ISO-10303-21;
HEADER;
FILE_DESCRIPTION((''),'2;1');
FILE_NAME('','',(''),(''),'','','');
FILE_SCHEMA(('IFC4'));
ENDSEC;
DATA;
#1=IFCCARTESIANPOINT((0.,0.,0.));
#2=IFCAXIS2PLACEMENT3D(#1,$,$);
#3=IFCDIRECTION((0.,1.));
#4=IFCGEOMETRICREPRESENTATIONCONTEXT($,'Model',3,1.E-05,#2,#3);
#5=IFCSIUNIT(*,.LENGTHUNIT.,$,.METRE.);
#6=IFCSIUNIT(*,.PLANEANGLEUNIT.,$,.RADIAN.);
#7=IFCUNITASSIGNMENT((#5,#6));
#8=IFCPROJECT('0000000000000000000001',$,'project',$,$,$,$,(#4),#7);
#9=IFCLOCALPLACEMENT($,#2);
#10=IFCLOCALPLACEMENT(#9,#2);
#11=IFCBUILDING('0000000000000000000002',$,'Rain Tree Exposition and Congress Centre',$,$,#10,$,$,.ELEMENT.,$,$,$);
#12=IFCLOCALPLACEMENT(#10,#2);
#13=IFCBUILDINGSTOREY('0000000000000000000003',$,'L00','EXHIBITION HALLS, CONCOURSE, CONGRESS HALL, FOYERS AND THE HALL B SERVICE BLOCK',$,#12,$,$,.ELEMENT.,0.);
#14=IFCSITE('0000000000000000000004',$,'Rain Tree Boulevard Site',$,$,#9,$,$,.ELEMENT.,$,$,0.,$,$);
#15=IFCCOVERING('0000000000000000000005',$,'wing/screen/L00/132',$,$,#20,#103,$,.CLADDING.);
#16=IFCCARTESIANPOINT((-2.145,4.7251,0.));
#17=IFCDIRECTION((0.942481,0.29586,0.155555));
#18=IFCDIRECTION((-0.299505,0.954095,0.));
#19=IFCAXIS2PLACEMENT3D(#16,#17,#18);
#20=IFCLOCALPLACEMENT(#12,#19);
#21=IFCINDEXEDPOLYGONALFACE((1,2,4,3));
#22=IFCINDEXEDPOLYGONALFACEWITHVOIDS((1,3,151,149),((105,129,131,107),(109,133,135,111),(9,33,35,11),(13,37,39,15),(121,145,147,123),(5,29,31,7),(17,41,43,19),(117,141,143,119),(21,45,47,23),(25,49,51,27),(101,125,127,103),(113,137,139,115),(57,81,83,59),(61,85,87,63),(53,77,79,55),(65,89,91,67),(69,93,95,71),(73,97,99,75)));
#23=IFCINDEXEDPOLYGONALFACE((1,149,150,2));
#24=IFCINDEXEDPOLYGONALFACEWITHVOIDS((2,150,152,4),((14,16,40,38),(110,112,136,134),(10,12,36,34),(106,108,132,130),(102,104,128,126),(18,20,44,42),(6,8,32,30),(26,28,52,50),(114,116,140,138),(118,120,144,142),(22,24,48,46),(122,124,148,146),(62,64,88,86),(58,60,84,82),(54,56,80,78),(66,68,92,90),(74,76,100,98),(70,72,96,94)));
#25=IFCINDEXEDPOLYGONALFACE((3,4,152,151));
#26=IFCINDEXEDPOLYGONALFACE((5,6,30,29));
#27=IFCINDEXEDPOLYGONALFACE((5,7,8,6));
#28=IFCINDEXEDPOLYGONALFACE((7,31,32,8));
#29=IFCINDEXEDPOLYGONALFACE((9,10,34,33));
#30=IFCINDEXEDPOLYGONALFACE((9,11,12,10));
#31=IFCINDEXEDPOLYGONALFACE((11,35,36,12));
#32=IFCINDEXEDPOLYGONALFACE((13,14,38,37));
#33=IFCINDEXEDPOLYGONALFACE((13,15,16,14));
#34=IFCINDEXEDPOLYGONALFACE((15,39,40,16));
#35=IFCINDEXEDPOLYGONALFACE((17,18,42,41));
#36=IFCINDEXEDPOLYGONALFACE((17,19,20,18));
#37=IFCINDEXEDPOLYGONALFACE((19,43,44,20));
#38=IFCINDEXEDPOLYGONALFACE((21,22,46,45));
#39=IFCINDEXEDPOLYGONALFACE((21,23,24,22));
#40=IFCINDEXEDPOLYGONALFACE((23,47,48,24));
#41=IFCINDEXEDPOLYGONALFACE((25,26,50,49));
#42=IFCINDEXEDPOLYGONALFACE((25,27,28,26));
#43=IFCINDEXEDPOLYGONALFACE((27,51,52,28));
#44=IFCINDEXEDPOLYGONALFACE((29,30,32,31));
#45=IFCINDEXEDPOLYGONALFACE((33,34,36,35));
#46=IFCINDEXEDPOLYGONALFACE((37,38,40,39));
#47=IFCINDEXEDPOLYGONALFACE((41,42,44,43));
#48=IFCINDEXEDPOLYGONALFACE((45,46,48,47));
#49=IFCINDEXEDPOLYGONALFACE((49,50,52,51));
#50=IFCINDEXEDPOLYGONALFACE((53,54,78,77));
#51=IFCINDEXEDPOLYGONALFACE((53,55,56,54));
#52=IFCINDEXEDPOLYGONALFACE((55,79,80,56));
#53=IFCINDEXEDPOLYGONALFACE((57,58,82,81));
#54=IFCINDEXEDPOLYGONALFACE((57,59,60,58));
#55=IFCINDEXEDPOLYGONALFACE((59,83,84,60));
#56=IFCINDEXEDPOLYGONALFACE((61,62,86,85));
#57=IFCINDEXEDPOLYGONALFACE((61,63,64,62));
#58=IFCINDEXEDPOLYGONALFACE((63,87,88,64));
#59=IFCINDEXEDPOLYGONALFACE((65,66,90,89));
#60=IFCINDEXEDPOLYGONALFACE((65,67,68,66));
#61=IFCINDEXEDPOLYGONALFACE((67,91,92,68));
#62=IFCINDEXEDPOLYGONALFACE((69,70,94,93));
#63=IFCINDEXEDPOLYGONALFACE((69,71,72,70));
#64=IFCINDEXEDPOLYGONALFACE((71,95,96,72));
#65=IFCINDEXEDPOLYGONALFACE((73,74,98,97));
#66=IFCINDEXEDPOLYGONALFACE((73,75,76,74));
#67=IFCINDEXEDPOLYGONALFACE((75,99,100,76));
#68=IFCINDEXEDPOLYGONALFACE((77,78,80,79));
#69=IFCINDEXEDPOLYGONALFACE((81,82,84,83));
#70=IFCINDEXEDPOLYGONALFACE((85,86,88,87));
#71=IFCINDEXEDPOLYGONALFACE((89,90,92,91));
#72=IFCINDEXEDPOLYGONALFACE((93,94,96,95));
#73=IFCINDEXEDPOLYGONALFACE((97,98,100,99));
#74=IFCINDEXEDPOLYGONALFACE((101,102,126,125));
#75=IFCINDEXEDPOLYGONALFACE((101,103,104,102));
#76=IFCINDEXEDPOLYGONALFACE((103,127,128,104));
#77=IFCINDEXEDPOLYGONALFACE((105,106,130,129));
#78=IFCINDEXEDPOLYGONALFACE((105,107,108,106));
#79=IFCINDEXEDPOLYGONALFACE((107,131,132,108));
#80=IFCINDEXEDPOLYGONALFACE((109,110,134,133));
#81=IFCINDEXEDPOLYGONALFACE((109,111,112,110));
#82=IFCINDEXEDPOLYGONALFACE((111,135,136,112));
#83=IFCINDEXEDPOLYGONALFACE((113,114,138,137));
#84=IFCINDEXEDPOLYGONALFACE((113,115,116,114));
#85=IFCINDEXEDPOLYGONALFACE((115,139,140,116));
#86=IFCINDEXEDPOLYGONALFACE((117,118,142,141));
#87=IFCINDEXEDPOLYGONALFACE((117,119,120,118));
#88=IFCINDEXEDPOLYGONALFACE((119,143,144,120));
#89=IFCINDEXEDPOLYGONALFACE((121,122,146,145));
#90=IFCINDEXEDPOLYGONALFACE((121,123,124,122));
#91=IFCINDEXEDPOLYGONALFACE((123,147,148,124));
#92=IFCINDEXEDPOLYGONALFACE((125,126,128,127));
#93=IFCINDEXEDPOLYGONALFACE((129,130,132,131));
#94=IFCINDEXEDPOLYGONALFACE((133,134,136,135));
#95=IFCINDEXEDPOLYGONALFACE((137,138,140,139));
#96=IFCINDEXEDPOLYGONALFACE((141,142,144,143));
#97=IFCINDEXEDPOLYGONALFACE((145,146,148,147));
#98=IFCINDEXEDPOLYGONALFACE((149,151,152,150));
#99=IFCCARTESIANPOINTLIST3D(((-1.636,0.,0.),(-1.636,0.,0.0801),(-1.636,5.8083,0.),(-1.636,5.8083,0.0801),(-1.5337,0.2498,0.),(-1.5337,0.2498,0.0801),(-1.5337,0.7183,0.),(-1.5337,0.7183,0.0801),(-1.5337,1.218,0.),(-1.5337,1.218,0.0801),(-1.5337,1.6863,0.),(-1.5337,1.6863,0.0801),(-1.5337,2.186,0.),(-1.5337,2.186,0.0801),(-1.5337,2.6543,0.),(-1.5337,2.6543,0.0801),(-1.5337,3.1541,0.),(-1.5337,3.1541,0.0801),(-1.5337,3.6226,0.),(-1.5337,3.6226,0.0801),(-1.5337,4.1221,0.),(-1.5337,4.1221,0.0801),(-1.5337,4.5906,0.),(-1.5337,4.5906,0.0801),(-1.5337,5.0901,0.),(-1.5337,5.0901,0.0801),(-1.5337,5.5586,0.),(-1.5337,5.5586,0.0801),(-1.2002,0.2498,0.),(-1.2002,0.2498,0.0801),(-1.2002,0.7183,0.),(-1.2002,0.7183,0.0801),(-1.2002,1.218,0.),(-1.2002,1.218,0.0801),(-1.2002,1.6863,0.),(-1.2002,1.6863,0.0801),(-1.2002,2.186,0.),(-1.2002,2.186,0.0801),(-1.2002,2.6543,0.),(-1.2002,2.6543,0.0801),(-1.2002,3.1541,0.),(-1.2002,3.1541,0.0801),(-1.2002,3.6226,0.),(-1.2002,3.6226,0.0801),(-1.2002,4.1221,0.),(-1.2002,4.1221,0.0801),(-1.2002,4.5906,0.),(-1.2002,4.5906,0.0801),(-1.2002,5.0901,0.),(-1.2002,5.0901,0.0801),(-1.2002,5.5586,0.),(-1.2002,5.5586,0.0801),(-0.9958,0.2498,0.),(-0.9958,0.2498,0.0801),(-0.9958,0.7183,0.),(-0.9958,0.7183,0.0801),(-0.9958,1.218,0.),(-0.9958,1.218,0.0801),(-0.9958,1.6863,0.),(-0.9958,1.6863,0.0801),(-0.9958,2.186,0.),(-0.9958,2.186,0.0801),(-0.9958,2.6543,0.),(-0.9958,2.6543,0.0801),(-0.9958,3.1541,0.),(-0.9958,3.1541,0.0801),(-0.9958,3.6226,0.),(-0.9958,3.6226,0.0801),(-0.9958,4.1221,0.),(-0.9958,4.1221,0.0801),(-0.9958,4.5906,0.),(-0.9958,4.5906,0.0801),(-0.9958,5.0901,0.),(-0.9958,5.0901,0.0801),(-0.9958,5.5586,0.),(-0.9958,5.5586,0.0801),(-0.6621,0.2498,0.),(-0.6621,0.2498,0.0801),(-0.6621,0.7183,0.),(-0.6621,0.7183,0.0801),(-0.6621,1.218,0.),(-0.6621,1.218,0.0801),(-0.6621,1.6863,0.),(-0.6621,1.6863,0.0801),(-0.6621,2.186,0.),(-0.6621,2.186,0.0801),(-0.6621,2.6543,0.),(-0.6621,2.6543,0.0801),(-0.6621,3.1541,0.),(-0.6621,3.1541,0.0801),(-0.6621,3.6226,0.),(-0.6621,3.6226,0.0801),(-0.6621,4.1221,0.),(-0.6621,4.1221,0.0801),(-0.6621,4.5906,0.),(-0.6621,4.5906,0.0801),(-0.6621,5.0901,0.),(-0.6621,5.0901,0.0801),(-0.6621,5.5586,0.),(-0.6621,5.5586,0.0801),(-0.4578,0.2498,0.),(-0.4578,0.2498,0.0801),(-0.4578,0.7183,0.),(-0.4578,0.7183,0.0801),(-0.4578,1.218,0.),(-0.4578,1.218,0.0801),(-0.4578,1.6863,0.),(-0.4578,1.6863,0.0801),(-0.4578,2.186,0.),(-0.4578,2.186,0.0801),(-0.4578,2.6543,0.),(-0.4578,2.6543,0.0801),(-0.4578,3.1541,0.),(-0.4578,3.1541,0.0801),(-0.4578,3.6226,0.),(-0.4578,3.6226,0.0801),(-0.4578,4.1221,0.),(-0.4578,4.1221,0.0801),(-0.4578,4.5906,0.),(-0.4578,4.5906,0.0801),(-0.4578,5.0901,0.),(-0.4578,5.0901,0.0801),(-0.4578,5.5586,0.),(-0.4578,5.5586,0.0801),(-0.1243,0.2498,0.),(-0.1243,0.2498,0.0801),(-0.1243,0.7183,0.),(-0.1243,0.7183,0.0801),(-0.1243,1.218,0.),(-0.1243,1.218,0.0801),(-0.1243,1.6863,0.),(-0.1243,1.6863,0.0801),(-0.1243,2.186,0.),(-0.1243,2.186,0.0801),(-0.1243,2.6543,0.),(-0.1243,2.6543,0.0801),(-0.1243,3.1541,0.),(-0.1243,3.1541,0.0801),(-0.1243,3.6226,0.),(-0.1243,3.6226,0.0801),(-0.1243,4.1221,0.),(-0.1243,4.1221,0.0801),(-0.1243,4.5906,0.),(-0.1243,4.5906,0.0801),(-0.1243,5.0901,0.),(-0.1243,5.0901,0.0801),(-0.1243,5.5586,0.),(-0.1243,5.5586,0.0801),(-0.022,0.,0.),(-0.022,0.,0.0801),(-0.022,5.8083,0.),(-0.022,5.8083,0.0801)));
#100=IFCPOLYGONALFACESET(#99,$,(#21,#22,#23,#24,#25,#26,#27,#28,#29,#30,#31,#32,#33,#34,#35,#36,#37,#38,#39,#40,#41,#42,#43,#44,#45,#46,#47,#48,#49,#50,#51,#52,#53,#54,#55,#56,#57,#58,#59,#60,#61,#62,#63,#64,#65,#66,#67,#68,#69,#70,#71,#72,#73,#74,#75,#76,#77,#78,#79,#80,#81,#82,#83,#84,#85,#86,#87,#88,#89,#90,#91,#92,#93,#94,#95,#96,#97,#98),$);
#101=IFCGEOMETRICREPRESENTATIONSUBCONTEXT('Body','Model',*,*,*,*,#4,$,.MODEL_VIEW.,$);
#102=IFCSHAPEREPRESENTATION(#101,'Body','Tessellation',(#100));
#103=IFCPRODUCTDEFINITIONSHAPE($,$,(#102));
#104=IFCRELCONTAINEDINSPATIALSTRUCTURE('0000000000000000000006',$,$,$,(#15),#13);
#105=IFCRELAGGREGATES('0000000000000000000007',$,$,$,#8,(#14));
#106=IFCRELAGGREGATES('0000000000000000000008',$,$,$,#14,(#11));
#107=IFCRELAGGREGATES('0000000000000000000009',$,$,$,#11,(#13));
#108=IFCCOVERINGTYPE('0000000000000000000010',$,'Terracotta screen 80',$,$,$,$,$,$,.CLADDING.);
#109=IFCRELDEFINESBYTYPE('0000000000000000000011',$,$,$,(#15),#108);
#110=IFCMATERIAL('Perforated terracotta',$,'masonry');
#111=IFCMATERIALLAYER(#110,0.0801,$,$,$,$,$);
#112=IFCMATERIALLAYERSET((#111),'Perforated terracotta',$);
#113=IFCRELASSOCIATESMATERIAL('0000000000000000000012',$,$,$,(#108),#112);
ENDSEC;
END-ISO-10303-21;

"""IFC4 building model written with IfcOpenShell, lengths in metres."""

from ifc_helpers import new_model, si_unit, direction, frame, origin, place, context, subcontext, project, spatial, polyline, outline, extrude, material, layer, layer_set, type_object, element, save


model = new_model("IFC4")

# Units and contexts
model_context = context("Model", 3, precision=1e-05, world=origin(), true_north=direction((0.0, 1.0)))
body_context = subcontext(model_context, "Body", "Model", "MODEL_VIEW")
ifc_project = project(units=[si_unit("LENGTHUNIT", "METRE"), si_unit("PLANEANGLEUNIT", "RADIAN")], contexts=[model_context])

# Site, building, storey
site_placement = place(None, origin())
site = spatial("IfcSite", under=ifc_project, at=site_placement, Name="Rain Tree Boulevard Site", CompositionType="ELEMENT", RefElevation=0.0)
building_placement = place(site_placement, origin())
building = spatial("IfcBuilding", under=site, at=building_placement, Name="Rain Tree Exposition and Congress Centre", CompositionType="ELEMENT")
storey_placement = place(building_placement, origin())
storey = spatial("IfcBuildingStorey", under=building, at=storey_placement, Name="L00", Description="EXHIBITION HALLS, CONCOURSE, CONGRESS HALL, FOYERS AND THE HALL B SERVICE BLOCK", CompositionType="ELEMENT", Elevation=0.0)

# Covering
ifc_material_1 = material(Name="Perforated terracotta", Category="masonry")
ifc_layer_1 = layer(ifc_material_1, 0.0801)
ifc_layer_set_1 = layer_set([ifc_layer_1], Name="Perforated terracotta")
covering_type = type_object("IfcCoveringType", Name="Terracotta screen 80", PredefinedType="CLADDING", material=ifc_layer_set_1)
covering_1_placement = place(storey_placement, frame((-2.145, 4.7251, 0.0), z_axis=(0.942481, 0.29586, 0.155555), x_axis=(-0.299505, 0.954095, 0.0)))
element("IfcCovering", 1, at=covering_1_placement, inside=storey, type_object=covering_type, Name="wing/screen/L00/132", PredefinedType="CLADDING", context=body_context, shape_type="SweptSolid", body=[
    extrude(outline(polyline([(-1.636, 0.0), (-1.636, 5.8083), (-0.022, 5.8083), (-0.022, 0.0), (-1.636, 0.0)]), holes=[polyline([(-0.1243, 0.2498), (-0.1243, 0.7183), (-0.4578, 0.7183), (-0.4578, 0.2498), (-0.1243, 0.2498)]), polyline([(-0.1243, 1.218), (-0.1243, 1.6863), (-0.4578, 1.6863), (-0.4578, 1.218), (-0.1243, 1.218)]), polyline([(-0.1243, 2.186), (-0.1243, 2.6543), (-0.4578, 2.6543), (-0.4578, 2.186), (-0.1243, 2.186)]), polyline([(-0.1243, 3.1541), (-0.1243, 3.6226), (-0.4578, 3.6226), (-0.4578, 3.1541), (-0.1243, 3.1541)]), polyline([(-0.1243, 4.1221), (-0.1243, 4.5906), (-0.4578, 4.5906), (-0.4578, 4.1221), (-0.1243, 4.1221)]), polyline([(-0.1243, 5.0901), (-0.1243, 5.5586), (-0.4578, 5.5586), (-0.4578, 5.0901), (-0.1243, 5.0901)]), polyline([(-0.6621, 0.2498), (-0.6621, 0.7183), (-0.9958, 0.7183), (-0.9958, 0.2498), (-0.6621, 0.2498)]), polyline([(-0.6621, 1.218), (-0.6621, 1.6863), (-0.9958, 1.6863), (-0.9958, 1.218), (-0.6621, 1.218)]), polyline([(-0.6621, 2.186), (-0.6621, 2.6543), (-0.9958, 2.6543), (-0.9958, 2.186), (-0.6621, 2.186)]), polyline([(-0.6621, 3.1541), (-0.6621, 3.6226), (-0.9958, 3.6226), (-0.9958, 3.1541), (-0.6621, 3.1541)]), polyline([(-0.6621, 4.1221), (-0.6621, 4.5906), (-0.9958, 4.5906), (-0.9958, 4.1221), (-0.6621, 4.1221)]), polyline([(-0.6621, 5.0901), (-0.6621, 5.5586), (-0.9958, 5.5586), (-0.9958, 5.0901), (-0.6621, 5.0901)]), polyline([(-1.2002, 0.2498), (-1.2002, 0.7183), (-1.5337, 0.7183), (-1.5337, 0.2498), (-1.2002, 0.2498)]), polyline([(-1.2002, 1.218), (-1.2002, 1.6863), (-1.5337, 1.6863), (-1.5337, 1.218), (-1.2002, 1.218)]), polyline([(-1.2002, 2.186), (-1.2002, 2.6543), (-1.5337, 2.6543), (-1.5337, 2.186), (-1.2002, 2.186)]), polyline([(-1.2002, 3.1541), (-1.2002, 3.6226), (-1.5337, 3.6226), (-1.5337, 3.1541), (-1.2002, 3.1541)]), polyline([(-1.2002, 4.1221), (-1.2002, 4.5906), (-1.5337, 4.5906), (-1.5337, 4.1221), (-1.2002, 4.1221)]), polyline([(-1.2002, 5.0901), (-1.2002, 5.5586), (-1.5337, 5.5586), (-1.5337, 5.0901), (-1.2002, 5.0901)])]), origin(), (0.0, 0.0, 1.0), 0.0801),
])

save(model, "model.ifc")
